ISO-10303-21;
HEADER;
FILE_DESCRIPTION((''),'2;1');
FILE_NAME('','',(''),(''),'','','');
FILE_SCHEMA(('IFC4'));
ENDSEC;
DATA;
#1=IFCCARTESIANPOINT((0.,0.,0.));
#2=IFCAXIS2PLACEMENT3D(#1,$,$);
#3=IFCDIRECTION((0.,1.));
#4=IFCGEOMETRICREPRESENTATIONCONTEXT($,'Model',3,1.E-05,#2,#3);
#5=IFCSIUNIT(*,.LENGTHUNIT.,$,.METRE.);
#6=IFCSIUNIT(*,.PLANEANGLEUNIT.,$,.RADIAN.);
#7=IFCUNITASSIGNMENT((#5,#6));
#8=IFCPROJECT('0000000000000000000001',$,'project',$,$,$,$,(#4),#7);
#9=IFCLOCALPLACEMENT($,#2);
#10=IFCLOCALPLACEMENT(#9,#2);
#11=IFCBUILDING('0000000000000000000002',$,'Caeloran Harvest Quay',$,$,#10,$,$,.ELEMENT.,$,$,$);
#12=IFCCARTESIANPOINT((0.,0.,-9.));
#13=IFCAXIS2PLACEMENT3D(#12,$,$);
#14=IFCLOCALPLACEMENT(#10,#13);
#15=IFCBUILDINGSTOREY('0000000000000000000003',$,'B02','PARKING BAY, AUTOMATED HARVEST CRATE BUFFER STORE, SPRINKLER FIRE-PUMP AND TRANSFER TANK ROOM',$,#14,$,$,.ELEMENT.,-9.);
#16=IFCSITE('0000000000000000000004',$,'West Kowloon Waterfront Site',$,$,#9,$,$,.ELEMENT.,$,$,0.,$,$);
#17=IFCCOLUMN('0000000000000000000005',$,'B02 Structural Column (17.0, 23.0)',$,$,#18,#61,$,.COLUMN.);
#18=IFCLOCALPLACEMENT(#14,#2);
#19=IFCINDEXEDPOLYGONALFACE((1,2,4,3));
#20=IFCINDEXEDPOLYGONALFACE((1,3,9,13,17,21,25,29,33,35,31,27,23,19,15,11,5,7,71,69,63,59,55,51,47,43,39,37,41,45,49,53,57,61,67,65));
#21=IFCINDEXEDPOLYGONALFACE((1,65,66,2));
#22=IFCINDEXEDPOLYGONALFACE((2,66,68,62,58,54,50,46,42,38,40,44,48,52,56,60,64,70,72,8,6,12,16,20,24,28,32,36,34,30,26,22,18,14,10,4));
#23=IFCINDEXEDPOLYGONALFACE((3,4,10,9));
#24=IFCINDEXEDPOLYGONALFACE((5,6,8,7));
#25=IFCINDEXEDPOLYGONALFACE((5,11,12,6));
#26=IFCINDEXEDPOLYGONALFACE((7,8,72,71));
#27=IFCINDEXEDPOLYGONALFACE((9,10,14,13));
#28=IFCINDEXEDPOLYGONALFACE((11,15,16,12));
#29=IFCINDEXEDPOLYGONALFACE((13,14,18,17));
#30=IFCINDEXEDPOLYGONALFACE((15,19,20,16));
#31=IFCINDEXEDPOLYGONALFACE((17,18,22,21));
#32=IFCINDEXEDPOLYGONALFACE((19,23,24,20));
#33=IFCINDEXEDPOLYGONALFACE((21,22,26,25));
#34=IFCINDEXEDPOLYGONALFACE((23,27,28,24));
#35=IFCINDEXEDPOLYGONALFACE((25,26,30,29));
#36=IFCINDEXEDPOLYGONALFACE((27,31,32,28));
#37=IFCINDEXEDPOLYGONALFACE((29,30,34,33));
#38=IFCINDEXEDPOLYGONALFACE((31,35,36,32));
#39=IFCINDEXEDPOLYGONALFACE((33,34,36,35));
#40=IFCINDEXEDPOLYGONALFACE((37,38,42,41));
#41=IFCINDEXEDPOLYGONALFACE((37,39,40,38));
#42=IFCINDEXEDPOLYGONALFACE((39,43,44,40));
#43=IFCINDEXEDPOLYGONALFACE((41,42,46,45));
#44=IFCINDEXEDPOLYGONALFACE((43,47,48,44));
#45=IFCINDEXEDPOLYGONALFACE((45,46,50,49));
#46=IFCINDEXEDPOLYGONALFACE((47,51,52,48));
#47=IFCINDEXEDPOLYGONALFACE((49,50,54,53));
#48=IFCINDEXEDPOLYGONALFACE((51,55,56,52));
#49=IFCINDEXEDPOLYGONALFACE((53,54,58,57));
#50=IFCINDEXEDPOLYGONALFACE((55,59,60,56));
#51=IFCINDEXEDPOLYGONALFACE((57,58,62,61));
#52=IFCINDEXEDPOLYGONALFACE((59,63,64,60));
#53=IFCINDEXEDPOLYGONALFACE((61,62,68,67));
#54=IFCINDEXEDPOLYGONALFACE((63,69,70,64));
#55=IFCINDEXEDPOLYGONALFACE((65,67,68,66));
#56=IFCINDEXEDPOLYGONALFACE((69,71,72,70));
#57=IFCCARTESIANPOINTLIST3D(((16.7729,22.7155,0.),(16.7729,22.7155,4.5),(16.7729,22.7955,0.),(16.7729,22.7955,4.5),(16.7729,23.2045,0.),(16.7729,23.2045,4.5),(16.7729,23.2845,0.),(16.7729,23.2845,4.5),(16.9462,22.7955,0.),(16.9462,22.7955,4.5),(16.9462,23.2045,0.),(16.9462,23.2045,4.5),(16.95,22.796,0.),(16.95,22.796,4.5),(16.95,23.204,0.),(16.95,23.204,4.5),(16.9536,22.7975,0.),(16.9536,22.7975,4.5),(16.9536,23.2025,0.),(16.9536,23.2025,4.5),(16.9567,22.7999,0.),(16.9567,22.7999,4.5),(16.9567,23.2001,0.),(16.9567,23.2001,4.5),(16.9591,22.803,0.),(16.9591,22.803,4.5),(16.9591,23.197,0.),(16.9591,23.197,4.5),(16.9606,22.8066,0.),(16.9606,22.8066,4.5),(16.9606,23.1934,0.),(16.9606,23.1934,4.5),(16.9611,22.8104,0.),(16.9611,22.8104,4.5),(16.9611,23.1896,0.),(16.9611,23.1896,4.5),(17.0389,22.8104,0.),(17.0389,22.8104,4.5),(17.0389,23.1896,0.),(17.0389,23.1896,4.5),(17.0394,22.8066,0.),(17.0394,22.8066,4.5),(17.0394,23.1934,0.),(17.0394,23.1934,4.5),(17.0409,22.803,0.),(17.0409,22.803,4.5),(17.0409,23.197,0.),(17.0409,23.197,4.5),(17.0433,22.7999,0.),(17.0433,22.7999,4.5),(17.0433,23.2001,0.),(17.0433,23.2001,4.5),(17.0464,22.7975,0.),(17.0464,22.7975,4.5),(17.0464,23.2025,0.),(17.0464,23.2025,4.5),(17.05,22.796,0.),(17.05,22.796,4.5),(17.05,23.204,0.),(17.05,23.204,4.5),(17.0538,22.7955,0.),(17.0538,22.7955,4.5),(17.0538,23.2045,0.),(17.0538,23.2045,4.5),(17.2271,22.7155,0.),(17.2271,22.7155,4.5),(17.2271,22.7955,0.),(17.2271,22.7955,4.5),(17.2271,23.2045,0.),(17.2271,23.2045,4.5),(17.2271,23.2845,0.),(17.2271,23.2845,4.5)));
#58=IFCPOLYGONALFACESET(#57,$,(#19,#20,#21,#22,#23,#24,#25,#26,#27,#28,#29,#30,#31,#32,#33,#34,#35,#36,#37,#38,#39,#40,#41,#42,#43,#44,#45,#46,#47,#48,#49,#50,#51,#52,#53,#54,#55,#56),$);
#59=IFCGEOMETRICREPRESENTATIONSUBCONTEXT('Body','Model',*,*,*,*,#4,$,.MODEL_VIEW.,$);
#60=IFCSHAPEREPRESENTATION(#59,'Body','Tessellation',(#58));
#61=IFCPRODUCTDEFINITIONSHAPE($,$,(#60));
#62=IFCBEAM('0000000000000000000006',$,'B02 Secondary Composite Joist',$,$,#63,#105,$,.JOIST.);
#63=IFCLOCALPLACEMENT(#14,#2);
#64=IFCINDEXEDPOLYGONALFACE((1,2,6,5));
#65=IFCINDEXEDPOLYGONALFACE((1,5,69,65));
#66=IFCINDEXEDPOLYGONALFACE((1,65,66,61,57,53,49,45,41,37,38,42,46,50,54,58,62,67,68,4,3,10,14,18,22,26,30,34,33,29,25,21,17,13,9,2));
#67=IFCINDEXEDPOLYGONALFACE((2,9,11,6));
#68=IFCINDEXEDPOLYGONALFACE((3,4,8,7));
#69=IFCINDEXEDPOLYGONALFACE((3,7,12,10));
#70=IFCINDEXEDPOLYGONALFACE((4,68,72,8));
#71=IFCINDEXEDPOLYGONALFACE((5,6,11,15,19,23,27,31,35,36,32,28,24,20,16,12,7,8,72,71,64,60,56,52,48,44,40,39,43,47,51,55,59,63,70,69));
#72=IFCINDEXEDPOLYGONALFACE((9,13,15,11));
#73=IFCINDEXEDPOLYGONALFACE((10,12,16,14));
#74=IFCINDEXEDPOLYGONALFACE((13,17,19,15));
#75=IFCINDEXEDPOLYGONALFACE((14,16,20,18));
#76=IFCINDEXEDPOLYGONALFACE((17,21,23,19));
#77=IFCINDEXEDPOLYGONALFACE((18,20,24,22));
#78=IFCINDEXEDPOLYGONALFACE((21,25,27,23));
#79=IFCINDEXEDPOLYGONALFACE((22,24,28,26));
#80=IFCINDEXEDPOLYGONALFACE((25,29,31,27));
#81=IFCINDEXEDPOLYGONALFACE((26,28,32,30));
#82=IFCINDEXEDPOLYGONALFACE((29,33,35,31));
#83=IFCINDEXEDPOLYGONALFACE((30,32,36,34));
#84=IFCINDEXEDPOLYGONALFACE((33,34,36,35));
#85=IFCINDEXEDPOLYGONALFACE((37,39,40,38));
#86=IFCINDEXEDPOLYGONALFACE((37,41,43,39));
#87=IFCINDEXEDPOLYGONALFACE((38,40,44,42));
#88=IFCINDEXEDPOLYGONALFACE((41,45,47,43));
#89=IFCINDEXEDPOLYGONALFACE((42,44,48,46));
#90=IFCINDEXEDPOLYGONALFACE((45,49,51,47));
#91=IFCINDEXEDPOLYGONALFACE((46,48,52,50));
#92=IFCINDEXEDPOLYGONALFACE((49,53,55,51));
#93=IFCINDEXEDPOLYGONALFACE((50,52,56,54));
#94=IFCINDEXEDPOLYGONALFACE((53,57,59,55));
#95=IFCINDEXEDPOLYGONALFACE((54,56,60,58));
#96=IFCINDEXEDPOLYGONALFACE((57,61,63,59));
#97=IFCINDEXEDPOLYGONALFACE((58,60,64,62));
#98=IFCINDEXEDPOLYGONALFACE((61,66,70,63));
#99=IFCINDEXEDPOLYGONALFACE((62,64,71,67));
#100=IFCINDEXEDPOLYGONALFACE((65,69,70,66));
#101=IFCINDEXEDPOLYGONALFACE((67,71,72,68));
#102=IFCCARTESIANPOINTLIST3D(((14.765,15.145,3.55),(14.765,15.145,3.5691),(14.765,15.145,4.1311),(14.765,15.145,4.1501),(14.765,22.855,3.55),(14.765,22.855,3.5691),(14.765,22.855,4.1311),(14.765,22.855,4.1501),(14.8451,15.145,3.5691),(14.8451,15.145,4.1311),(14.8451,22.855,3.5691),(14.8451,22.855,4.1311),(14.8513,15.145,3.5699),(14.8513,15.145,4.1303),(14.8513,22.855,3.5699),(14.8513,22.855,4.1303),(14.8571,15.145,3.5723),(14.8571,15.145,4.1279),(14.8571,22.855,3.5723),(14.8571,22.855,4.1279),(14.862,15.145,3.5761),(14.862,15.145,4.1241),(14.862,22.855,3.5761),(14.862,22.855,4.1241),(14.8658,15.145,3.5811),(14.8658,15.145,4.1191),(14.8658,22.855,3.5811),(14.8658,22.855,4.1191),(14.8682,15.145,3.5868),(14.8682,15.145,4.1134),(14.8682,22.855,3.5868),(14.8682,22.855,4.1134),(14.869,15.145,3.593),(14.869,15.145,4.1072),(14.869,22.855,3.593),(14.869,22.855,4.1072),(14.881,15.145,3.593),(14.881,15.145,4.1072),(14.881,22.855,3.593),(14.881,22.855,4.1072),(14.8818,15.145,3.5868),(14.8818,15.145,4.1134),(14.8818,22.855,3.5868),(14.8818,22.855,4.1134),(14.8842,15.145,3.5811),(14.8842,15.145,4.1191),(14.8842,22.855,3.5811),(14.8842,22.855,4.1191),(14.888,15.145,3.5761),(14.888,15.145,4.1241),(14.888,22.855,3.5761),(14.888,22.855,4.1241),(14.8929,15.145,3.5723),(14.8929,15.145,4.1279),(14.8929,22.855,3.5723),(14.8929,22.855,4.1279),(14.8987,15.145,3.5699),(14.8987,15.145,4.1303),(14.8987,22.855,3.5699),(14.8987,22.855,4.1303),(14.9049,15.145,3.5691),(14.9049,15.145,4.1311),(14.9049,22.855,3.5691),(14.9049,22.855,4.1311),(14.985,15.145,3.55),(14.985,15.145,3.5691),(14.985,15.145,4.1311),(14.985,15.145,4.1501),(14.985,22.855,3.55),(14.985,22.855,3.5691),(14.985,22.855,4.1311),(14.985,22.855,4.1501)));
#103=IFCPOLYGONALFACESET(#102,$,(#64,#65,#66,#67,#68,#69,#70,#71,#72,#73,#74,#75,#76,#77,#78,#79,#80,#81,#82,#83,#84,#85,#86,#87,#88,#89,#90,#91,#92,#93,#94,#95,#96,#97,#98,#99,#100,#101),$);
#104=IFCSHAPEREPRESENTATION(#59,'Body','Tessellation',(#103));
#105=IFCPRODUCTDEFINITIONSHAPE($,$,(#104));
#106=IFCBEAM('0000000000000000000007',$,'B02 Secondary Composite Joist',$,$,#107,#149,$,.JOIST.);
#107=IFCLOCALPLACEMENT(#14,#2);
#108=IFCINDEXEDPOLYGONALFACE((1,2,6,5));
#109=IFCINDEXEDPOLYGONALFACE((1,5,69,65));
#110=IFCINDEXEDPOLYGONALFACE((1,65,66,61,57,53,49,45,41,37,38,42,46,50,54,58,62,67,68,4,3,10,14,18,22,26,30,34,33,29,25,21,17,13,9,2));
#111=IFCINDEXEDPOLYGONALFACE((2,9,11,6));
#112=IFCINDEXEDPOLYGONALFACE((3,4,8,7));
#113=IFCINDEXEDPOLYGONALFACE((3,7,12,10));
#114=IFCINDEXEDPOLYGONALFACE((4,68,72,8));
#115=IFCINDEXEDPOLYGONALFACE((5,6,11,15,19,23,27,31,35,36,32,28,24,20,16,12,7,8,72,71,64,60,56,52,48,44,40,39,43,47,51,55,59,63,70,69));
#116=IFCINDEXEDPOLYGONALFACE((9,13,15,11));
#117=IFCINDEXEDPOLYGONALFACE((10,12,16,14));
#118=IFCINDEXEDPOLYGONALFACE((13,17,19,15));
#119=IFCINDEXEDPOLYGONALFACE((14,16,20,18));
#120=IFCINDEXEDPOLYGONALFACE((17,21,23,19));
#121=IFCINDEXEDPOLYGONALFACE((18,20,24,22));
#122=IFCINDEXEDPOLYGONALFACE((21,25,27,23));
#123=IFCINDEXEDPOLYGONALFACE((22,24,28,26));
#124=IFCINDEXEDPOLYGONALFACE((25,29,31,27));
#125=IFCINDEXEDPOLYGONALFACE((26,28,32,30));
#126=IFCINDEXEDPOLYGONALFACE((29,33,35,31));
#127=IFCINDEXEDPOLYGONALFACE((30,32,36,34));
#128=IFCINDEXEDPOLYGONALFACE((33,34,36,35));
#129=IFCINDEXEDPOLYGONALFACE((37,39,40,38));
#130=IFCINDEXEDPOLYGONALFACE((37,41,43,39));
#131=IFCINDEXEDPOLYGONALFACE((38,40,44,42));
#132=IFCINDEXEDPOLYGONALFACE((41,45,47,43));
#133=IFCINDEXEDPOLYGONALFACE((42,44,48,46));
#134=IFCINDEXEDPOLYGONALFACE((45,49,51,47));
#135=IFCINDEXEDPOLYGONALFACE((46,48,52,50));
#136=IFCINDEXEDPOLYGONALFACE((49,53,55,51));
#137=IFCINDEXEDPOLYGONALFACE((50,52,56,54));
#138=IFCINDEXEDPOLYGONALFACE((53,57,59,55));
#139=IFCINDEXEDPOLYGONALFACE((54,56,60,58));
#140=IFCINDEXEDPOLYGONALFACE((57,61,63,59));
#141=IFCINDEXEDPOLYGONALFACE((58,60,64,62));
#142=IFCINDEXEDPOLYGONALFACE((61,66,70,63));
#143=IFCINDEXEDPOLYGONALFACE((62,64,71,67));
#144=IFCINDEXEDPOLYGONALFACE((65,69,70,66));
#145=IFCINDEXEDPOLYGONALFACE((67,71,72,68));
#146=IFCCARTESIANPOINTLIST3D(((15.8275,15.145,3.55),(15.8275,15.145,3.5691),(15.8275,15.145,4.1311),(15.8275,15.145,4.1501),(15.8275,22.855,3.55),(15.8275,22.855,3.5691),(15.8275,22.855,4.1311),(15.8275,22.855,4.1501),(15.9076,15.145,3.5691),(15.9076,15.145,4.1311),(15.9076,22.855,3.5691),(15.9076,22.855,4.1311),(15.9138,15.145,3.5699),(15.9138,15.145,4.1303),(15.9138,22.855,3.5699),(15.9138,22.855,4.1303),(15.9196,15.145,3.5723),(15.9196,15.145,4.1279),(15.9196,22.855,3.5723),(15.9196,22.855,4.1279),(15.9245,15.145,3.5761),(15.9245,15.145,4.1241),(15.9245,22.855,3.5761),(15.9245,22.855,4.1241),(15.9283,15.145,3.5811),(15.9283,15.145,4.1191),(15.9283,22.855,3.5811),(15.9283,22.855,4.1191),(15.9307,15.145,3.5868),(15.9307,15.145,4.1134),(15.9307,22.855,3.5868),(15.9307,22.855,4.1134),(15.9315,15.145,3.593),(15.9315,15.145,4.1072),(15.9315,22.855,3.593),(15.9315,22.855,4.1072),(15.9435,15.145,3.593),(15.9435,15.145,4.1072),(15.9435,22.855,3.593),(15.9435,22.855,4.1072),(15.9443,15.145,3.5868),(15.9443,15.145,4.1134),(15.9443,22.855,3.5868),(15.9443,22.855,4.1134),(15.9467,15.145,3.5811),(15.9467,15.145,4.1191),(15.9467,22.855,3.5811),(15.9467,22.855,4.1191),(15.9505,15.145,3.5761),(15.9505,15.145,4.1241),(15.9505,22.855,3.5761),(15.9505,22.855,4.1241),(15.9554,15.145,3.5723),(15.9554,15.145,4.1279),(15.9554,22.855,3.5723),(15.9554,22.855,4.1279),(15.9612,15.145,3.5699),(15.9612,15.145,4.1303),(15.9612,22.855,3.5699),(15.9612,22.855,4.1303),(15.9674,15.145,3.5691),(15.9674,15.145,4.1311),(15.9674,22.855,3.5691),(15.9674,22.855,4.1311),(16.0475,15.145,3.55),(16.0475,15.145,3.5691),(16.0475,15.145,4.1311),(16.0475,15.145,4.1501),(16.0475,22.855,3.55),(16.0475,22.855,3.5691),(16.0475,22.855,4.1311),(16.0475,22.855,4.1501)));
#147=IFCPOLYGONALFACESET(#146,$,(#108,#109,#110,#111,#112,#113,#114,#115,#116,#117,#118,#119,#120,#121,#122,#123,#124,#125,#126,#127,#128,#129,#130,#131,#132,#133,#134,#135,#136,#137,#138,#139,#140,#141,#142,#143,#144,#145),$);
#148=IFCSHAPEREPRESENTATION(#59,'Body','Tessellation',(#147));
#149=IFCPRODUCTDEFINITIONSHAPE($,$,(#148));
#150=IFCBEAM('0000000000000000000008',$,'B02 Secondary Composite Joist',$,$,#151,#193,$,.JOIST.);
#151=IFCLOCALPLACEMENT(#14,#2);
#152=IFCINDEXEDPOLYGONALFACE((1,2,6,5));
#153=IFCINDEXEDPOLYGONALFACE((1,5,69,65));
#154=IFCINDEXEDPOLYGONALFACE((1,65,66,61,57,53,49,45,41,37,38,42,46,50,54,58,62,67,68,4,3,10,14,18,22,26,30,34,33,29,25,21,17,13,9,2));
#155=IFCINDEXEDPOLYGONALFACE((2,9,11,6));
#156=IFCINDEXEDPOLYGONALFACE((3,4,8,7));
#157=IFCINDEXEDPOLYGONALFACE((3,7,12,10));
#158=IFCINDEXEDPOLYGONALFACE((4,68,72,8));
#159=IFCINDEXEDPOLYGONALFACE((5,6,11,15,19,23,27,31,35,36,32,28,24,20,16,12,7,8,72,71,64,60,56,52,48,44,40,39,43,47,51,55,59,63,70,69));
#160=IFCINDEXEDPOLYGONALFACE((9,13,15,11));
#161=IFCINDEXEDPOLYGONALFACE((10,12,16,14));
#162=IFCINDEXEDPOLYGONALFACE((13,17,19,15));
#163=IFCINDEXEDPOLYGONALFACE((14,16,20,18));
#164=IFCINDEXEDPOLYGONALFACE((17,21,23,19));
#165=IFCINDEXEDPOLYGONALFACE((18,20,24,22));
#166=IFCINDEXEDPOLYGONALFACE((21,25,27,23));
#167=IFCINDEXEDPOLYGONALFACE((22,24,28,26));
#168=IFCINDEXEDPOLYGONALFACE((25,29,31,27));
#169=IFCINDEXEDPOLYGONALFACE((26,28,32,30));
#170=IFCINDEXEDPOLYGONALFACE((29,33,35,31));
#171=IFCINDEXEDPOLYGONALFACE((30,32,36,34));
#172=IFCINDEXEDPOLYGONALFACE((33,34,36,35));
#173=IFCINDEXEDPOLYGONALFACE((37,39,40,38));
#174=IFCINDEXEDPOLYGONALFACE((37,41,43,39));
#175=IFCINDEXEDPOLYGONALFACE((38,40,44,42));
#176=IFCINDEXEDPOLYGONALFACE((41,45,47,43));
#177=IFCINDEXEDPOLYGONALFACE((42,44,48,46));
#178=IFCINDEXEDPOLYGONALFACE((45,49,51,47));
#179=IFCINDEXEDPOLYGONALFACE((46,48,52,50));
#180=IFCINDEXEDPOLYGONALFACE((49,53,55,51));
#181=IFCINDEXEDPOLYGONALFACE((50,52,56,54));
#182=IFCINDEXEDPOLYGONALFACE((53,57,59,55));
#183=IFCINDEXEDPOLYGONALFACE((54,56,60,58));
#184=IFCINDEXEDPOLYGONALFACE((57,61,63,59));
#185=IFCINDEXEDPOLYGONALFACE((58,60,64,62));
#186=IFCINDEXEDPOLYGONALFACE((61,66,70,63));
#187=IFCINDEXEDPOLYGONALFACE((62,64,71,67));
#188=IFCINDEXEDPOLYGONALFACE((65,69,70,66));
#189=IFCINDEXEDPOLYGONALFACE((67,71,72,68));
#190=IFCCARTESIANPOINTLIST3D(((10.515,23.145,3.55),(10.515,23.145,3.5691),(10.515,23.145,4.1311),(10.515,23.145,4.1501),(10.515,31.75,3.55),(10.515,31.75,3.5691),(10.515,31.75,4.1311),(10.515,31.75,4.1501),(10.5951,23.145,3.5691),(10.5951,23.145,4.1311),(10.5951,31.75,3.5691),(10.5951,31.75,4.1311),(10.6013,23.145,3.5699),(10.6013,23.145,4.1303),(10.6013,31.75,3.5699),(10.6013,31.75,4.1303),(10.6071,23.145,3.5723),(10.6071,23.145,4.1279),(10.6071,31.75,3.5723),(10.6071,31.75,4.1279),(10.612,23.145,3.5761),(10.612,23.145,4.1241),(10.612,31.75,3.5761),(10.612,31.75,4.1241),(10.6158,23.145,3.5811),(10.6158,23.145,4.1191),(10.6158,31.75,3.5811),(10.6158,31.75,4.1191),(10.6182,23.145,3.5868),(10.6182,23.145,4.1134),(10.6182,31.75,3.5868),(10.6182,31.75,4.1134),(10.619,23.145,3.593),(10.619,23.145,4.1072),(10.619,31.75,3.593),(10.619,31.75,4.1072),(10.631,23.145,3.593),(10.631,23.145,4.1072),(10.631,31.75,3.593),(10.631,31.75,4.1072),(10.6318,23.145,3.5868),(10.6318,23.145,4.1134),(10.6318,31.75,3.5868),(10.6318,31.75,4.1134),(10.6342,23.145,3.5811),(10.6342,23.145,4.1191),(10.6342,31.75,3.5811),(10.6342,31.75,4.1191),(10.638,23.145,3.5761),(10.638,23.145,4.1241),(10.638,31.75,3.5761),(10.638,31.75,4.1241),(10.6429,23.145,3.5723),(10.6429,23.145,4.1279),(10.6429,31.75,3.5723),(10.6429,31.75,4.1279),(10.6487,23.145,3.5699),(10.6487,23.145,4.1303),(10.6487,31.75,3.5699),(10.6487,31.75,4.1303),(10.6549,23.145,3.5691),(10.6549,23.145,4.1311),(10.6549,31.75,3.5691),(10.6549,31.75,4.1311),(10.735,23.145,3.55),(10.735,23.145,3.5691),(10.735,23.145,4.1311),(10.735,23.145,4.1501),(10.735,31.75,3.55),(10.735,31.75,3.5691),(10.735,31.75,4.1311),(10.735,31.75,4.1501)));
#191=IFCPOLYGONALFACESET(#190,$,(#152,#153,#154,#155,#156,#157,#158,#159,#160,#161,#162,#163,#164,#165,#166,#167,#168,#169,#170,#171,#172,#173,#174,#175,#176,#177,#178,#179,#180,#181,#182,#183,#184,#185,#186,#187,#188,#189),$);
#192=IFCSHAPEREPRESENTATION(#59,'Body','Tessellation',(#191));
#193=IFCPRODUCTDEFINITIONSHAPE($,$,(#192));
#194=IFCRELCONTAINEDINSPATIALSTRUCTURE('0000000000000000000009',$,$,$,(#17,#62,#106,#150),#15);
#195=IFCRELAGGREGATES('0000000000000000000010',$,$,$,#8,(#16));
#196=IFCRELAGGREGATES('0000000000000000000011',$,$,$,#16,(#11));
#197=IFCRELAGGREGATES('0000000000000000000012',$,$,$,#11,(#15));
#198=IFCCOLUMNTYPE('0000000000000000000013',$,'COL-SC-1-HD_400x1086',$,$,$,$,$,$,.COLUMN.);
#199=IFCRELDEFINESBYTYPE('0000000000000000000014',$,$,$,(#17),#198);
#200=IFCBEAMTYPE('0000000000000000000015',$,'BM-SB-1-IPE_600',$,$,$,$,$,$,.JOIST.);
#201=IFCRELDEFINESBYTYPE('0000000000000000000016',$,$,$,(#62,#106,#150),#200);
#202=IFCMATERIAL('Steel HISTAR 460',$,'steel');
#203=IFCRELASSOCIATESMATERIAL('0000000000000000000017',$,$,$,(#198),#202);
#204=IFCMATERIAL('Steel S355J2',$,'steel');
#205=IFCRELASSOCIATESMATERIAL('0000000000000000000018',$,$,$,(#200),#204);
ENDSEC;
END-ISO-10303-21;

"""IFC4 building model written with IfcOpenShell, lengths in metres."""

from ifc_helpers import new_model, si_unit, direction, frame, origin, origin_2d, place, context, subcontext, project, spatial, i_section, extrude, material, material_profile, profile_set, type_object, element, save


model = new_model("IFC4")

# Units and contexts
model_context = context("Model", 3, precision=1e-05, world=origin(), true_north=direction((0.0, 1.0)))
body_context = subcontext(model_context, "Body", "Model", "MODEL_VIEW")
ifc_project = project(units=[si_unit("LENGTHUNIT", "METRE"), si_unit("PLANEANGLEUNIT", "RADIAN")], contexts=[model_context])

# Site, building, storey
site_placement = place(None, origin())
site = spatial("IfcSite", under=ifc_project, at=site_placement, Name="West Kowloon Waterfront Site", CompositionType="ELEMENT", RefElevation=0.0)
building_placement = place(site_placement, origin())
building = spatial("IfcBuilding", under=site, at=building_placement, Name="Caeloran Harvest Quay", CompositionType="ELEMENT")
storey_placement = place(building_placement, frame((0.0, 0.0, -9.0)))
storey = spatial("IfcBuildingStorey", under=building, at=storey_placement, Name="B02", Description="PARKING BAY, AUTOMATED HARVEST CRATE BUFFER STORE, SPRINKLER FIRE-PUMP AND TRANSFER TANK ROOM", CompositionType="ELEMENT", Elevation=-9.0)

# Column
ifc_material_1 = material(Name="Steel HISTAR 460", Category="steel")
ifc_material_profile_1 = material_profile(ifc_material_1, i_section(OverallWidth=0.4541, OverallDepth=0.5691, WebThickness=0.0779, FlangeThickness=0.0801, FilletRadius=0.0149, at=origin_2d()), Name="HD 400x1086")
ifc_profile_set_1 = profile_set([ifc_material_profile_1], Name="Steel HISTAR 460")
column_type = type_object("IfcColumnType", Name="COL-SC-1-HD_400x1086", PredefinedType="COLUMN", material=ifc_profile_set_1)
column_placement = place(storey_placement, frame((17.0, 23.0, 0.0), z_axis=(0.0, 0.0, 1.0), x_axis=(1.0, 0.0, 0.0)))
element("IfcColumn", 1, at=column_placement, inside=storey, type_object=column_type, Name="B02 Structural Column (17.0, 23.0)", PredefinedType="COLUMN", context=body_context, shape_type="SweptSolid", body=[
    extrude(i_section(OverallWidth=0.4541, OverallDepth=0.5691, WebThickness=0.0779, FlangeThickness=0.0801, FilletRadius=0.0149, at=origin_2d()), origin(), (0.0, 0.0, 1.0), 4.5),
])

# Beams
ifc_material_2 = material(Name="Steel S355J2", Category="steel")
ifc_material_profile_2 = material_profile(ifc_material_2, i_section(OverallWidth=0.22, OverallDepth=0.6001, WebThickness=0.012, FlangeThickness=0.019, FilletRadius=0.0239, at=origin_2d()), Name="IPE 600")
ifc_profile_set_2 = profile_set([ifc_material_profile_2], Name="Steel S355J2")
beam_type_1 = type_object("IfcBeamType", Name="BM-SB-1-IPE_600", PredefinedType="JOIST", material=ifc_profile_set_2)
for number, where, z_axis, x_axis, name in (
    (2, (14.875, 15.145, 3.8501), (0.0, 1.0, 0.0), (-1.0, 0.0, 0.0), "B02 Secondary Composite Joist"),
    (3, (15.9375, 15.145, 3.8501), (0.0, 1.0, 0.0), (-1.0, 0.0, 0.0), "B02 Secondary Composite Joist"),
):
    element("IfcBeam", number, at=place(storey_placement, frame(where, z_axis=z_axis, x_axis=x_axis)), inside=storey, type_object=beam_type_1, Name=name, PredefinedType="JOIST", context=body_context, shape_type="SweptSolid", body=[
        extrude(i_section(OverallWidth=0.22, OverallDepth=0.6001, WebThickness=0.012, FlangeThickness=0.019, FilletRadius=0.0239, at=origin_2d()), origin(), (0.0, 0.0, 1.0), 7.71),
    ])
for number, where, z_axis, x_axis, name in (
    (4, (10.625, 23.145, 3.8501), (0.0, 1.0, 0.0), (-1.0, 0.0, 0.0), "B02 Secondary Composite Joist"),
):
    element("IfcBeam", number, at=place(storey_placement, frame(where, z_axis=z_axis, x_axis=x_axis)), inside=storey, type_object=beam_type_1, Name=name, PredefinedType="JOIST", context=body_context, shape_type="SweptSolid", body=[
        extrude(i_section(OverallWidth=0.22, OverallDepth=0.6001, WebThickness=0.012, FlangeThickness=0.019, FilletRadius=0.0239, at=origin_2d()), origin(), (0.0, 0.0, 1.0), 8.605),
    ])

save(model, "model.ifc")
